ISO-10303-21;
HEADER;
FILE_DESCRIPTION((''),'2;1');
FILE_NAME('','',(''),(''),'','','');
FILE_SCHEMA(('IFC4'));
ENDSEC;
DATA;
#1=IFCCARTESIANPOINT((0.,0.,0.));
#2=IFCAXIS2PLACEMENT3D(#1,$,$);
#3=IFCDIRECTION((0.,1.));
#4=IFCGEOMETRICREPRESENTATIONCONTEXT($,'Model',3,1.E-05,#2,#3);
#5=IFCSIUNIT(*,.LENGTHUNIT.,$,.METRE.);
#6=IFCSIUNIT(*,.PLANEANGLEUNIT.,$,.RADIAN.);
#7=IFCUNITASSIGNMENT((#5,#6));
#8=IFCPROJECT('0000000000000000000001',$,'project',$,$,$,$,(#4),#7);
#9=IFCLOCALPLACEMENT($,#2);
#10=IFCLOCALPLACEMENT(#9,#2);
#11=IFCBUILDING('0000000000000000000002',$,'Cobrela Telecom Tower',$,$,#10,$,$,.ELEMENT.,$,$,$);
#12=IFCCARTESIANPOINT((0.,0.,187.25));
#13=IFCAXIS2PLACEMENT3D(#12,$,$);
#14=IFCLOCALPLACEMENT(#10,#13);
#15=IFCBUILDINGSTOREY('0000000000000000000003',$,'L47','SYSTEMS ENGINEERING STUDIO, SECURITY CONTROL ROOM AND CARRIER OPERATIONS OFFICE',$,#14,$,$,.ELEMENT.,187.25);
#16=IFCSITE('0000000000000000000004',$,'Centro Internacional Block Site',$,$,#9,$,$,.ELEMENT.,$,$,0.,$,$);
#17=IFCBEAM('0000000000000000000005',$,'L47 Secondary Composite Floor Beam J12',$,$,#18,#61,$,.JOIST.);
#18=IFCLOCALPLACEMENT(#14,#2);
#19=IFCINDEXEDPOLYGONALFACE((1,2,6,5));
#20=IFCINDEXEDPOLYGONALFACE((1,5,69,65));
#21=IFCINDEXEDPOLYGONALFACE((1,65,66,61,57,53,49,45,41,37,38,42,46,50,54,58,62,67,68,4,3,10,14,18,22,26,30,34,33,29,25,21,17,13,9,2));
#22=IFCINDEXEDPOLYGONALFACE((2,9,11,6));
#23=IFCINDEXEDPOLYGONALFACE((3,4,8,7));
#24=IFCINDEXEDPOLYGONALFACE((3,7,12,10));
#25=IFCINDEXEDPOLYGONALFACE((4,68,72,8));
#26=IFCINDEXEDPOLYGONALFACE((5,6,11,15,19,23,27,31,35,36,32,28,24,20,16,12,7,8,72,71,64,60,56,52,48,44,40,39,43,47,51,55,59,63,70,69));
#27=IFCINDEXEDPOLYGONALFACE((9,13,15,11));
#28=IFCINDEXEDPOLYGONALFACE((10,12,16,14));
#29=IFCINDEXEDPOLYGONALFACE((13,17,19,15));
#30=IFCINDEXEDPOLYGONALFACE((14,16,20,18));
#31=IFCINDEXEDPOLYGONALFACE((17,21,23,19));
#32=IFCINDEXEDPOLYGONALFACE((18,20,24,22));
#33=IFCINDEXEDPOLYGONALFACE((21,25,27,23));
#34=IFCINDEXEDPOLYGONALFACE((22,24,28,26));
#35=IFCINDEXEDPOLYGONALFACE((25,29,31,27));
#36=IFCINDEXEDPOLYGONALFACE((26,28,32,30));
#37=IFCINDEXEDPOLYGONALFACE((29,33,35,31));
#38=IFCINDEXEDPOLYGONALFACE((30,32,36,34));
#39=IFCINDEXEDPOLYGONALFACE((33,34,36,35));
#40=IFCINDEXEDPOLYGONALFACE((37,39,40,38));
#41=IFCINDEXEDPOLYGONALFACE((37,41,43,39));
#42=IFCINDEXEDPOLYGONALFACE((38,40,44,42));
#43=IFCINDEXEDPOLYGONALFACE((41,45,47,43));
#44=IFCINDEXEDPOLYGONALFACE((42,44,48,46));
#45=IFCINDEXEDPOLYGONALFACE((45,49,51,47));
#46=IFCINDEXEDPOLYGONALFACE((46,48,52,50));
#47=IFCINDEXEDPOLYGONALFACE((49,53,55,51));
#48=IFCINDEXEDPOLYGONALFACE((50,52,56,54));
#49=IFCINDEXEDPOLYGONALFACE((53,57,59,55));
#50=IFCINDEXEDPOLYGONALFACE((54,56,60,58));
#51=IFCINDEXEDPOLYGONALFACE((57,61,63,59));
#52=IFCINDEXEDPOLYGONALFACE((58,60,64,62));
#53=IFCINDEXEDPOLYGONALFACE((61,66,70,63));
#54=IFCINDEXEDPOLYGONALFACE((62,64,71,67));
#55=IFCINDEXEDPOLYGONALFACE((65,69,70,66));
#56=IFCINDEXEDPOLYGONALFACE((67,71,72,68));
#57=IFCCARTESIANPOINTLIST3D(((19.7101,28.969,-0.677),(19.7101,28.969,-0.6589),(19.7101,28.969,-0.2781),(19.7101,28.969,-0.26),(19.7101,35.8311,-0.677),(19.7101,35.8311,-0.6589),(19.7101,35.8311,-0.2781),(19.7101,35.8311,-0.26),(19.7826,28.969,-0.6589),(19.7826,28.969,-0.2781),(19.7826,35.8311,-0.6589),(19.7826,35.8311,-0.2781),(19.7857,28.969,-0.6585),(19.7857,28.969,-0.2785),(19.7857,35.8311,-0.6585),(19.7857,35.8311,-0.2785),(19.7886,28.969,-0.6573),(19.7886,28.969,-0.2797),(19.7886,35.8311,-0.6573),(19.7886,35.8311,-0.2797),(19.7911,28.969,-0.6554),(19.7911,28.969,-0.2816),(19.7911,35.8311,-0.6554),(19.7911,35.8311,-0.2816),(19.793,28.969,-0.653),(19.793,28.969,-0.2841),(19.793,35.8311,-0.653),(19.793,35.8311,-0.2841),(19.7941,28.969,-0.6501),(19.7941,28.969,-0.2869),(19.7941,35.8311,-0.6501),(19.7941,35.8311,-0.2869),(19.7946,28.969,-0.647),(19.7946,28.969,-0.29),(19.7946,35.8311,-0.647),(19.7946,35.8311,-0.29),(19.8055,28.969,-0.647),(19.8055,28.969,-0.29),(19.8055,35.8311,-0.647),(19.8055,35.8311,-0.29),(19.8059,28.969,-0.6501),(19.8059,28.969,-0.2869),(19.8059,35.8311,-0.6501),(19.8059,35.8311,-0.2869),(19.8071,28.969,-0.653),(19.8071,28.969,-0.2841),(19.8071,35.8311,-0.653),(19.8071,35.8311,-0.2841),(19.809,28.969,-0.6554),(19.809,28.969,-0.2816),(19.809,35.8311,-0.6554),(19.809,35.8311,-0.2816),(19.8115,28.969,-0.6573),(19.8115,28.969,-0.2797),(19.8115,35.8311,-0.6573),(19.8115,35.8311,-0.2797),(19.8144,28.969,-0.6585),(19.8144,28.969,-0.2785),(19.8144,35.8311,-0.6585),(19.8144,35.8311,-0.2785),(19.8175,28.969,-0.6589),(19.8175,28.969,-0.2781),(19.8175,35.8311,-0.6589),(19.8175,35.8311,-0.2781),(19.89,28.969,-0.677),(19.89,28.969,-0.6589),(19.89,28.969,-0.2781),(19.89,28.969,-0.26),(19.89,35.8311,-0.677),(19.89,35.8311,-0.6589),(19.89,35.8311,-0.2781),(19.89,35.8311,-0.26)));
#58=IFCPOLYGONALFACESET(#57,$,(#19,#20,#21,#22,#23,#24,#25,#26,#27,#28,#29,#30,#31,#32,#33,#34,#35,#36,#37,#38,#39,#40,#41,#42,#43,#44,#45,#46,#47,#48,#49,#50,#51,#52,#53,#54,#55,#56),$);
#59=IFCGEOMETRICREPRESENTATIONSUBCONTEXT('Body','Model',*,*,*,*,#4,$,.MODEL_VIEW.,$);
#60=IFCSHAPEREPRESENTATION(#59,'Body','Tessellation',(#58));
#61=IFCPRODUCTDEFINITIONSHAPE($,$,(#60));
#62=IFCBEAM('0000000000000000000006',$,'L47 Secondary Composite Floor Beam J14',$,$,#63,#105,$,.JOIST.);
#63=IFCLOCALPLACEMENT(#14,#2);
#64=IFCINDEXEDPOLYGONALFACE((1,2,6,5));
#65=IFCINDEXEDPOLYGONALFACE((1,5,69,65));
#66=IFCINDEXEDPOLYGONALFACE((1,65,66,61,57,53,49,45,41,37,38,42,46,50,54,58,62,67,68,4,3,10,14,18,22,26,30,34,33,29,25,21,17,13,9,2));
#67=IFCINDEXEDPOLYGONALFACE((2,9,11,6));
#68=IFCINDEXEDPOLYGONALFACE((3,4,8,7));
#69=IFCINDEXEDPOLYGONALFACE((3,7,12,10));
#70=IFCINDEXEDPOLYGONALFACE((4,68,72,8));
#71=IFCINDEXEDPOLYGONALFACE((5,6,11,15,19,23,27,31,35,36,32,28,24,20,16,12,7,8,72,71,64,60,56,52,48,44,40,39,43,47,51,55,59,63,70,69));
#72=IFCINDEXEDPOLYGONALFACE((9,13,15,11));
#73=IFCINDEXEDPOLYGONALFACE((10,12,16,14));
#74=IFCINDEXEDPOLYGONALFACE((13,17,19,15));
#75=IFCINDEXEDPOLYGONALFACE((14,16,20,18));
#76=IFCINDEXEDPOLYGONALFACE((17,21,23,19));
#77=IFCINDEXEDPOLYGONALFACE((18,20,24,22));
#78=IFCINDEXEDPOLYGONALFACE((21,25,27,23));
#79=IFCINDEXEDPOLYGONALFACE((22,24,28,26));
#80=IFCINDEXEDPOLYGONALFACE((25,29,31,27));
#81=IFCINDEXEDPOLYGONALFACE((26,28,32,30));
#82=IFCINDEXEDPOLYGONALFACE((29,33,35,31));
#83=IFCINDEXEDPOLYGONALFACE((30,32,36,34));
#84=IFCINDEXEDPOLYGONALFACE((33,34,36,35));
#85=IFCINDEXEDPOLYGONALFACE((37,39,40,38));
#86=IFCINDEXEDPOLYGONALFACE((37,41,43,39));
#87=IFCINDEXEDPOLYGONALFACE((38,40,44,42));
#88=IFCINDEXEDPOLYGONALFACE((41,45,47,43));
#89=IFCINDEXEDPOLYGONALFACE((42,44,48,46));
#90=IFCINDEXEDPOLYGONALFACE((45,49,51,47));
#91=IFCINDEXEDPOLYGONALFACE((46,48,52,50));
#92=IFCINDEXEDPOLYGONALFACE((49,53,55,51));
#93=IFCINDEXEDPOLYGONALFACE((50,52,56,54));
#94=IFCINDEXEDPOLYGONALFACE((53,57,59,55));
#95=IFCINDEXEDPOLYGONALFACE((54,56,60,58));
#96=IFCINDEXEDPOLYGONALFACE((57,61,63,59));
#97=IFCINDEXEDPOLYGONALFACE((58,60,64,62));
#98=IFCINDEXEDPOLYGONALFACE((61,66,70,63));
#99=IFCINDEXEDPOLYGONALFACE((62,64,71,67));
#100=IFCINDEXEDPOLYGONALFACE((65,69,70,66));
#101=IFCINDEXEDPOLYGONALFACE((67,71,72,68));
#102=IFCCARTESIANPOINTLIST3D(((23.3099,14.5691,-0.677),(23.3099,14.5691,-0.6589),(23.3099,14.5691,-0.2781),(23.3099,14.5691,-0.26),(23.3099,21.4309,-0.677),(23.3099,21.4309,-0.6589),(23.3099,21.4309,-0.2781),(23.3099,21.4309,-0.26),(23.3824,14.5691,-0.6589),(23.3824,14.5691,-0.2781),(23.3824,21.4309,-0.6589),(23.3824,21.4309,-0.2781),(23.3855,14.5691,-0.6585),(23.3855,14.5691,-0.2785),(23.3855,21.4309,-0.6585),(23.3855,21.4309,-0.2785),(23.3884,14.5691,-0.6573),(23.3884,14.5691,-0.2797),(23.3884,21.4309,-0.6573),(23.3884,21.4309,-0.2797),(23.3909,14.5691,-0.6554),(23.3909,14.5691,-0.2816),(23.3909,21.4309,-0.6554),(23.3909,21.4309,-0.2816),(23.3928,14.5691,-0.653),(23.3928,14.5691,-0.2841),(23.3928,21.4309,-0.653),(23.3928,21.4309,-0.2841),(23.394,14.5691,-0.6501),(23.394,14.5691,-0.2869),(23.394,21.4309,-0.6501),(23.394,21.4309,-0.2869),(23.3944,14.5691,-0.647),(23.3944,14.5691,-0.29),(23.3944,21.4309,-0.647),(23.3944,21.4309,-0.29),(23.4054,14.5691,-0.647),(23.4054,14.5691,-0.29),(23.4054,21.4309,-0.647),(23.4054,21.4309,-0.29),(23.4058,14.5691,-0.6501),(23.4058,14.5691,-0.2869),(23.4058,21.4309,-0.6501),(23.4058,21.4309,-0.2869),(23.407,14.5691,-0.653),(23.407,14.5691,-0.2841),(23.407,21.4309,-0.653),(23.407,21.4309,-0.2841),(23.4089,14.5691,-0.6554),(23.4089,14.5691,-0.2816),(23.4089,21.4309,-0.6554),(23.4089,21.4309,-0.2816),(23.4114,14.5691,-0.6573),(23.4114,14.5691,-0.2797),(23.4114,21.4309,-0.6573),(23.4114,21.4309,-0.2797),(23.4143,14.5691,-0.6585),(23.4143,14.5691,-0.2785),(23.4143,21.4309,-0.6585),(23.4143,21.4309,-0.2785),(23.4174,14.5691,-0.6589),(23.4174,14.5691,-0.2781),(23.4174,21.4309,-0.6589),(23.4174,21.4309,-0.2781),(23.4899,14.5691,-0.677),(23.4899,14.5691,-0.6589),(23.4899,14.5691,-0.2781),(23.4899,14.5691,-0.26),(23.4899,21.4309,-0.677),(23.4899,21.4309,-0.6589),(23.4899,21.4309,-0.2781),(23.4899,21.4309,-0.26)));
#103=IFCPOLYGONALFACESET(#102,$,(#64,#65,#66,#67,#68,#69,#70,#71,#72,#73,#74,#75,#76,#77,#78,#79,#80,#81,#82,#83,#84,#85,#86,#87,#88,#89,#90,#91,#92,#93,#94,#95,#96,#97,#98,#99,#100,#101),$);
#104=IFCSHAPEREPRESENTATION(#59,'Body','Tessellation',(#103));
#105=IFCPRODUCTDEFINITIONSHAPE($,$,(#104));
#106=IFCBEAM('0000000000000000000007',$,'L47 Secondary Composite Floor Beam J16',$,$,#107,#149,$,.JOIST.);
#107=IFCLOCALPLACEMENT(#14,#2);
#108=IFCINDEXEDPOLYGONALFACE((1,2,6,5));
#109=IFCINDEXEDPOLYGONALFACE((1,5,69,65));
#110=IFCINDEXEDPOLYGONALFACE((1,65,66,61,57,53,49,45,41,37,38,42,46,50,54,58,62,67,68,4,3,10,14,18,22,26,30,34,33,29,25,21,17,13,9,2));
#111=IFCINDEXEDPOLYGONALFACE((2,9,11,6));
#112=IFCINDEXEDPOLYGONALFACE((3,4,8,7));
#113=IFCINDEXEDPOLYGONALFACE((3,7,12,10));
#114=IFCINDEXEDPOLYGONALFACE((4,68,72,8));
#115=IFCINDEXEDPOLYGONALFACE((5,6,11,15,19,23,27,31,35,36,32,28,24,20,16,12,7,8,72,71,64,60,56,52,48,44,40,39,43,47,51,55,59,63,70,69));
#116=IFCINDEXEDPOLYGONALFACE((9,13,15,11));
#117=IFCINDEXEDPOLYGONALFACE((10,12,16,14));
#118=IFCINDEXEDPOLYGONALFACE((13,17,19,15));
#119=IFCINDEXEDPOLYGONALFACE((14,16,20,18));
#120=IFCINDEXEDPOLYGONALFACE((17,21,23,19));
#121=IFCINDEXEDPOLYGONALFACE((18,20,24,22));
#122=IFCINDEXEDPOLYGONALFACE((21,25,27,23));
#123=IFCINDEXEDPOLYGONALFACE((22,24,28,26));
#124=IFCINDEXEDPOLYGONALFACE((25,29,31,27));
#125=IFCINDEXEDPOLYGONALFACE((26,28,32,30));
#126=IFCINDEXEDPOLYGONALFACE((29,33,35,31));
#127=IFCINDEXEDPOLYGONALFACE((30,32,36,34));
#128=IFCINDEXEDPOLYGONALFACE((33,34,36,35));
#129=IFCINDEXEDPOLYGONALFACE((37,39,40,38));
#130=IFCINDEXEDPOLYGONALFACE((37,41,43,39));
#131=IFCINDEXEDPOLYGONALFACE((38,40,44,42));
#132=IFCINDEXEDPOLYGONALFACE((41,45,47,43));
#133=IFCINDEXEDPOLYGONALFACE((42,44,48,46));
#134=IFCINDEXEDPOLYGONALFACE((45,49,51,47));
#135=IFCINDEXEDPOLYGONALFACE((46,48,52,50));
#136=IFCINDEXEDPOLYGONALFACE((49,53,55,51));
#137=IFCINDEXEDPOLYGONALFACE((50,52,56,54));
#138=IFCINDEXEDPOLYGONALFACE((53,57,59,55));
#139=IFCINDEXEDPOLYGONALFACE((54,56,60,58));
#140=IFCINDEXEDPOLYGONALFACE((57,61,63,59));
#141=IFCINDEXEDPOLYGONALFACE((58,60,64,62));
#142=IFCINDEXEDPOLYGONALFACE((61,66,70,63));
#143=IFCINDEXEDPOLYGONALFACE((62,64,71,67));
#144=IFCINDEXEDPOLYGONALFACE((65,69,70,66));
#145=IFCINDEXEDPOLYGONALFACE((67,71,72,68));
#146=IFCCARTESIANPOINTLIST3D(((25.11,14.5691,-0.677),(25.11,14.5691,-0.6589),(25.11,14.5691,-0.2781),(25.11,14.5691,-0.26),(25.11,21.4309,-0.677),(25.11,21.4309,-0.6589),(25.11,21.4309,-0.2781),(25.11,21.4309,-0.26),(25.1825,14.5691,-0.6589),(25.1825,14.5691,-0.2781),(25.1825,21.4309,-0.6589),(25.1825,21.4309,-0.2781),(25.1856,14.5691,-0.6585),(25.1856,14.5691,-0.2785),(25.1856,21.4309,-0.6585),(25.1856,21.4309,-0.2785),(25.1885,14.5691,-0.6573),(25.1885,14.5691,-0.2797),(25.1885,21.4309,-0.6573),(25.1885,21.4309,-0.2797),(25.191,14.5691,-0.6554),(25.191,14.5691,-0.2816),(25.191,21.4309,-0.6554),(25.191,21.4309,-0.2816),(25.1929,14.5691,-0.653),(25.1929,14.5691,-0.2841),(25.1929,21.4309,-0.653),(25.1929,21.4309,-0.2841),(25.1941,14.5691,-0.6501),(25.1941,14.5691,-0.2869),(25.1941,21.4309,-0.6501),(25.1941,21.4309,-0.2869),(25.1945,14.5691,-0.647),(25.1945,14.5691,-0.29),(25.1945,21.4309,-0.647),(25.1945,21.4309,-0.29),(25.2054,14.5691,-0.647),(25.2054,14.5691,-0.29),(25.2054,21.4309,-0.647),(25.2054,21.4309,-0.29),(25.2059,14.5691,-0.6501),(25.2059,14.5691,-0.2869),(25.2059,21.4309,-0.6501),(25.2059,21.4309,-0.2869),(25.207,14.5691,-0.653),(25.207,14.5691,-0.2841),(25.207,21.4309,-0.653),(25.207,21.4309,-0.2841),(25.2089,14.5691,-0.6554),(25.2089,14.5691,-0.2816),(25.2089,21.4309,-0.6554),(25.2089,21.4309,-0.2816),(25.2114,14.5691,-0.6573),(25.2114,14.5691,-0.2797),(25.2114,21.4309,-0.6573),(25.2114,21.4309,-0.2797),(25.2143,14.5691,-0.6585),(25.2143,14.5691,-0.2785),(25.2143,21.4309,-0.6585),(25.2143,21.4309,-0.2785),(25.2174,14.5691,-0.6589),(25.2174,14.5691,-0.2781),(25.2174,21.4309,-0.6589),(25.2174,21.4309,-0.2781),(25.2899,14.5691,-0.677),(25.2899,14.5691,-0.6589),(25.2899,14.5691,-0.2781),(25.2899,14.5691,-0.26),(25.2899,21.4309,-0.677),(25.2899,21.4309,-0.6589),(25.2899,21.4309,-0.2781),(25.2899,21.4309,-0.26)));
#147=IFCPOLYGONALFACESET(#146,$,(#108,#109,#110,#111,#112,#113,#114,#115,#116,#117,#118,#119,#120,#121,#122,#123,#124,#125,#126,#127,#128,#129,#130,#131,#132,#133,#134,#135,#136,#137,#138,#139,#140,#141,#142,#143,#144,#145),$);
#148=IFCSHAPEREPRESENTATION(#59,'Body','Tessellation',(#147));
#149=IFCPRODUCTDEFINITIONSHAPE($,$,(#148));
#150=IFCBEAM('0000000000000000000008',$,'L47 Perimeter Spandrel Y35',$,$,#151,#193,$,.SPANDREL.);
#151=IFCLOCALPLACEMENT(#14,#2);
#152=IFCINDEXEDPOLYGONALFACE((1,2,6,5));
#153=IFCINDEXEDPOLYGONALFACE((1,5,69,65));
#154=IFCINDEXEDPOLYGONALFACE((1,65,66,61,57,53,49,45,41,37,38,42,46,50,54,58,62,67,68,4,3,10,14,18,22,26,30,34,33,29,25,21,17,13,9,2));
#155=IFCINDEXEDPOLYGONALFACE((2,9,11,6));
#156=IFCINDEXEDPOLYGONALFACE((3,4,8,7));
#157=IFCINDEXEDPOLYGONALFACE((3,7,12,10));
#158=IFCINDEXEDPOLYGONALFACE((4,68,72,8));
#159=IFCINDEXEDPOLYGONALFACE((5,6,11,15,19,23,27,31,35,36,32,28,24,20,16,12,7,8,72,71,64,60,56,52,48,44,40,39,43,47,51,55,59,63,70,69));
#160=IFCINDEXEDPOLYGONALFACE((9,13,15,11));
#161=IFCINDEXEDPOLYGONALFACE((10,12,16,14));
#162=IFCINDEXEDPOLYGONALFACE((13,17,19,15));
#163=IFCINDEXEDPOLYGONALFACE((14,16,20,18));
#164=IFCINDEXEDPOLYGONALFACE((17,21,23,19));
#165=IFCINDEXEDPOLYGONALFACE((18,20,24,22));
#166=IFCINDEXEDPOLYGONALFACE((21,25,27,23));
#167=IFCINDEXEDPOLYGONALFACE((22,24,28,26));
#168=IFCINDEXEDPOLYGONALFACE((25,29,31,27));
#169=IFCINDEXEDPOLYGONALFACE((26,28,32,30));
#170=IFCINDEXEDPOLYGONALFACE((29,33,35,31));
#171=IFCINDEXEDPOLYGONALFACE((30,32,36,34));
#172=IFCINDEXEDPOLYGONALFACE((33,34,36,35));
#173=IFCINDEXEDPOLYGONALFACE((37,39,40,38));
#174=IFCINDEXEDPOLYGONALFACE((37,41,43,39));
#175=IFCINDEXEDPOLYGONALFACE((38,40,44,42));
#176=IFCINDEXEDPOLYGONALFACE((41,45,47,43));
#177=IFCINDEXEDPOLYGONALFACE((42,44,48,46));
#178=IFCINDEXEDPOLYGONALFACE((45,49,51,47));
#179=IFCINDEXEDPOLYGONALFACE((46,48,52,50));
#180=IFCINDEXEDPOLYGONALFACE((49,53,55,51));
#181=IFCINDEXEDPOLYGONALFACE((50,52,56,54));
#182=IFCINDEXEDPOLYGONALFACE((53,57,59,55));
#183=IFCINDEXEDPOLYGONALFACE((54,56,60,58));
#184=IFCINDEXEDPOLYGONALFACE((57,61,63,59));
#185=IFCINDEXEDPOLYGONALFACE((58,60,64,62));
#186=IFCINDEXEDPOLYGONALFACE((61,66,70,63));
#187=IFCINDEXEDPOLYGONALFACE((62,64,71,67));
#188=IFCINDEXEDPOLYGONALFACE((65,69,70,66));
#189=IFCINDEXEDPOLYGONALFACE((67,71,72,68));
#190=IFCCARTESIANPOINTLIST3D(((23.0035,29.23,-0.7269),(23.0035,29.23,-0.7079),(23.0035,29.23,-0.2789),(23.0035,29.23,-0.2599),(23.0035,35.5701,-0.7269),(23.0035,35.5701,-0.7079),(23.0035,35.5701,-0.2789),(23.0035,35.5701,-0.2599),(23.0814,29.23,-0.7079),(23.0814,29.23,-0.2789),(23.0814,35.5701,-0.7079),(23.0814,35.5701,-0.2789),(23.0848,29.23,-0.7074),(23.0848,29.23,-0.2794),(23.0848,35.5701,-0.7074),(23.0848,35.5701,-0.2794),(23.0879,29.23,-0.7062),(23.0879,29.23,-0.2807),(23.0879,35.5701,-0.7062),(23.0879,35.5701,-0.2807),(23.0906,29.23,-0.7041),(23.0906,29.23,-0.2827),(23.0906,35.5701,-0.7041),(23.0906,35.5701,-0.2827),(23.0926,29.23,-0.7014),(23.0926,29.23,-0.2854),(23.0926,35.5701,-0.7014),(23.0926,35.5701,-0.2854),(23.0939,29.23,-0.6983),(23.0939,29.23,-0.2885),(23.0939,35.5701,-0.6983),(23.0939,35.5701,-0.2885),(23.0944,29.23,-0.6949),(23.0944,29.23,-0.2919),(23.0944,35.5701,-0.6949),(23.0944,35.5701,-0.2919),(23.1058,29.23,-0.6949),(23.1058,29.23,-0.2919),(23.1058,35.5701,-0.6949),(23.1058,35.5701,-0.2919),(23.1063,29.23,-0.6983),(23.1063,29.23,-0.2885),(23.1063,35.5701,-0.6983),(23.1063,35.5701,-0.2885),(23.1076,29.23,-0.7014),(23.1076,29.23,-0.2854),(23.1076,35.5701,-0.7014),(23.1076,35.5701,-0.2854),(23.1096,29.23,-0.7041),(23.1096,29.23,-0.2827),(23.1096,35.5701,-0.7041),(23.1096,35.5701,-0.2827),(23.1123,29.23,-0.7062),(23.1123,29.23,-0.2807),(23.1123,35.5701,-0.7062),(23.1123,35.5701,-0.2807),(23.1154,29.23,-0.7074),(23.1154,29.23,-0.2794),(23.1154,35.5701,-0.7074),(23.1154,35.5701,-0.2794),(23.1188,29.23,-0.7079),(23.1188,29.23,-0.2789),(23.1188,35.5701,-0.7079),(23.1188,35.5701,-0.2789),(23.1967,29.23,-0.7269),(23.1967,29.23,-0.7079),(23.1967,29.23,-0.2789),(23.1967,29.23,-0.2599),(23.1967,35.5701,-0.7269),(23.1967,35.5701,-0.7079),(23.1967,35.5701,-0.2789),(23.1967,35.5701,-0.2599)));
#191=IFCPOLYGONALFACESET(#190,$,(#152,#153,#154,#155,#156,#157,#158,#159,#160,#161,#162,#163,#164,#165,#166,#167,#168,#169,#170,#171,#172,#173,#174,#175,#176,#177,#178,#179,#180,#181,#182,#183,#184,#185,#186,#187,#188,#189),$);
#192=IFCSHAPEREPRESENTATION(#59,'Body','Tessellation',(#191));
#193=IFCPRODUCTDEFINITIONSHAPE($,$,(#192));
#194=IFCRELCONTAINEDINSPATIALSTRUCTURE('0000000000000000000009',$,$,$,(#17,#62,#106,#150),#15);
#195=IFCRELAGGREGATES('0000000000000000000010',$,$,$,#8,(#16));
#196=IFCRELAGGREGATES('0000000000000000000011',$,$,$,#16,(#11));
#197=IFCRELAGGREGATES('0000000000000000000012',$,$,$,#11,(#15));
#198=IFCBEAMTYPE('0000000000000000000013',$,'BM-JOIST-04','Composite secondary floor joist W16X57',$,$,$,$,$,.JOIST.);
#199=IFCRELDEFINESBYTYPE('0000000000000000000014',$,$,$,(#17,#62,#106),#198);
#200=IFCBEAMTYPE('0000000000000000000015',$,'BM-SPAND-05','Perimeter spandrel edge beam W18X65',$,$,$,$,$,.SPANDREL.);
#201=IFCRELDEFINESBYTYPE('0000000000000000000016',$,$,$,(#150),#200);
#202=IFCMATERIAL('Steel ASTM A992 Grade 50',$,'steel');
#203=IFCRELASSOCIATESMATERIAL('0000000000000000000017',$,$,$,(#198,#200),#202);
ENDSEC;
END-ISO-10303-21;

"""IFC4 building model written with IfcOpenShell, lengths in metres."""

from ifc_helpers import new_model, si_unit, direction, frame, origin, origin_2d, place, context, subcontext, project, spatial, i_section, extrude, material, material_profile, profile_set, type_object, element, save


model = new_model("IFC4")

# Units and contexts
model_context = context("Model", 3, precision=1e-05, world=origin(), true_north=direction((0.0, 1.0)))
body_context = subcontext(model_context, "Body", "Model", "MODEL_VIEW")
ifc_project = project(units=[si_unit("LENGTHUNIT", "METRE"), si_unit("PLANEANGLEUNIT", "RADIAN")], contexts=[model_context])

# Site, building, storey
site_placement = place(None, origin())
site = spatial("IfcSite", under=ifc_project, at=site_placement, Name="Centro Internacional Block Site", CompositionType="ELEMENT", RefElevation=0.0)
building_placement = place(site_placement, origin())
building = spatial("IfcBuilding", under=site, at=building_placement, Name="Cobrela Telecom Tower", CompositionType="ELEMENT")
storey_placement = place(building_placement, frame((0.0, 0.0, 187.25)))
storey = spatial("IfcBuildingStorey", under=building, at=storey_placement, Name="L47", Description="SYSTEMS ENGINEERING STUDIO, SECURITY CONTROL ROOM AND CARRIER OPERATIONS OFFICE", CompositionType="ELEMENT", Elevation=187.25)

# Shared definitions
ifc_material_1 = material(Name="Steel ASTM A992 Grade 50", Category="steel")

# Beams
ifc_material_profile_1 = material_profile(ifc_material_1, i_section(OverallWidth=0.1799, OverallDepth=0.417, WebThickness=0.011, FlangeThickness=0.0181, FilletRadius=0.012, at=origin_2d()), Name="W16X57")
ifc_profile_set_1 = profile_set([ifc_material_profile_1], Name="Steel ASTM A992 Grade 50")
beam_type_1 = type_object("IfcBeamType", Name="BM-JOIST-04", Description="Composite secondary floor joist W16X57", PredefinedType="JOIST", material=ifc_profile_set_1)
for number, where, z_axis, x_axis, name in (
    (1, (19.8, 28.969, -0.4685), (0.0, 1.0, 0.0), (-1.0, 0.0, 0.0), "L47 Secondary Composite Floor Beam J12"),
):
    element("IfcBeam", number, at=place(storey_placement, frame(where, z_axis=z_axis, x_axis=x_axis)), inside=storey, type_object=beam_type_1, Name=name, PredefinedType="JOIST", context=body_context, shape_type="SweptSolid", body=[
        extrude(i_section(OverallWidth=0.1799, OverallDepth=0.417, WebThickness=0.011, FlangeThickness=0.0181, FilletRadius=0.012, at=origin_2d()), origin(), (0.0, 0.0, 1.0), 6.8621),
    ])
for number, where, z_axis, x_axis, name in (
    (2, (23.3999, 14.5691, -0.4685), (0.0, 1.0, 0.0), (-1.0, 0.0, 0.0), "L47 Secondary Composite Floor Beam J14"),
    (3, (25.2, 14.5691, -0.4685), (0.0, 1.0, 0.0), (-1.0, 0.0, 0.0), "L47 Secondary Composite Floor Beam J16"),
):
    element("IfcBeam", number, at=place(storey_placement, frame(where, z_axis=z_axis, x_axis=x_axis)), inside=storey, type_object=beam_type_1, Name=name, PredefinedType="JOIST", context=body_context, shape_type="SweptSolid", body=[
        extrude(i_section(OverallWidth=0.1799, OverallDepth=0.417, WebThickness=0.011, FlangeThickness=0.0181, FilletRadius=0.012, at=origin_2d()), origin(), (0.0, 0.0, 1.0), 6.8618),
    ])
ifc_material_profile_2 = material_profile(ifc_material_1, i_section(OverallWidth=0.1931, OverallDepth=0.467, WebThickness=0.0115, FlangeThickness=0.019, FilletRadius=0.0129, at=origin_2d()), Name="W18X65")
ifc_profile_set_2 = profile_set([ifc_material_profile_2], Name="Steel ASTM A992 Grade 50")
beam_type_2 = type_object("IfcBeamType", Name="BM-SPAND-05", Description="Perimeter spandrel edge beam W18X65", PredefinedType="SPANDREL", material=ifc_profile_set_2)
beam_1_placement = place(storey_placement, frame((23.1001, 29.23, -0.4934), z_axis=(0.0, 1.0, 0.0), x_axis=(-1.0, 0.0, 0.0)))
element("IfcBeam", 4, at=beam_1_placement, inside=storey, type_object=beam_type_2, Name="L47 Perimeter Spandrel Y35", PredefinedType="SPANDREL", context=body_context, shape_type="SweptSolid", body=[
    extrude(i_section(OverallWidth=0.1931, OverallDepth=0.467, WebThickness=0.0115, FlangeThickness=0.019, FilletRadius=0.0129, at=origin_2d()), origin(), (0.0, 0.0, 1.0), 6.3401),
])

save(model, "model.ifc")
